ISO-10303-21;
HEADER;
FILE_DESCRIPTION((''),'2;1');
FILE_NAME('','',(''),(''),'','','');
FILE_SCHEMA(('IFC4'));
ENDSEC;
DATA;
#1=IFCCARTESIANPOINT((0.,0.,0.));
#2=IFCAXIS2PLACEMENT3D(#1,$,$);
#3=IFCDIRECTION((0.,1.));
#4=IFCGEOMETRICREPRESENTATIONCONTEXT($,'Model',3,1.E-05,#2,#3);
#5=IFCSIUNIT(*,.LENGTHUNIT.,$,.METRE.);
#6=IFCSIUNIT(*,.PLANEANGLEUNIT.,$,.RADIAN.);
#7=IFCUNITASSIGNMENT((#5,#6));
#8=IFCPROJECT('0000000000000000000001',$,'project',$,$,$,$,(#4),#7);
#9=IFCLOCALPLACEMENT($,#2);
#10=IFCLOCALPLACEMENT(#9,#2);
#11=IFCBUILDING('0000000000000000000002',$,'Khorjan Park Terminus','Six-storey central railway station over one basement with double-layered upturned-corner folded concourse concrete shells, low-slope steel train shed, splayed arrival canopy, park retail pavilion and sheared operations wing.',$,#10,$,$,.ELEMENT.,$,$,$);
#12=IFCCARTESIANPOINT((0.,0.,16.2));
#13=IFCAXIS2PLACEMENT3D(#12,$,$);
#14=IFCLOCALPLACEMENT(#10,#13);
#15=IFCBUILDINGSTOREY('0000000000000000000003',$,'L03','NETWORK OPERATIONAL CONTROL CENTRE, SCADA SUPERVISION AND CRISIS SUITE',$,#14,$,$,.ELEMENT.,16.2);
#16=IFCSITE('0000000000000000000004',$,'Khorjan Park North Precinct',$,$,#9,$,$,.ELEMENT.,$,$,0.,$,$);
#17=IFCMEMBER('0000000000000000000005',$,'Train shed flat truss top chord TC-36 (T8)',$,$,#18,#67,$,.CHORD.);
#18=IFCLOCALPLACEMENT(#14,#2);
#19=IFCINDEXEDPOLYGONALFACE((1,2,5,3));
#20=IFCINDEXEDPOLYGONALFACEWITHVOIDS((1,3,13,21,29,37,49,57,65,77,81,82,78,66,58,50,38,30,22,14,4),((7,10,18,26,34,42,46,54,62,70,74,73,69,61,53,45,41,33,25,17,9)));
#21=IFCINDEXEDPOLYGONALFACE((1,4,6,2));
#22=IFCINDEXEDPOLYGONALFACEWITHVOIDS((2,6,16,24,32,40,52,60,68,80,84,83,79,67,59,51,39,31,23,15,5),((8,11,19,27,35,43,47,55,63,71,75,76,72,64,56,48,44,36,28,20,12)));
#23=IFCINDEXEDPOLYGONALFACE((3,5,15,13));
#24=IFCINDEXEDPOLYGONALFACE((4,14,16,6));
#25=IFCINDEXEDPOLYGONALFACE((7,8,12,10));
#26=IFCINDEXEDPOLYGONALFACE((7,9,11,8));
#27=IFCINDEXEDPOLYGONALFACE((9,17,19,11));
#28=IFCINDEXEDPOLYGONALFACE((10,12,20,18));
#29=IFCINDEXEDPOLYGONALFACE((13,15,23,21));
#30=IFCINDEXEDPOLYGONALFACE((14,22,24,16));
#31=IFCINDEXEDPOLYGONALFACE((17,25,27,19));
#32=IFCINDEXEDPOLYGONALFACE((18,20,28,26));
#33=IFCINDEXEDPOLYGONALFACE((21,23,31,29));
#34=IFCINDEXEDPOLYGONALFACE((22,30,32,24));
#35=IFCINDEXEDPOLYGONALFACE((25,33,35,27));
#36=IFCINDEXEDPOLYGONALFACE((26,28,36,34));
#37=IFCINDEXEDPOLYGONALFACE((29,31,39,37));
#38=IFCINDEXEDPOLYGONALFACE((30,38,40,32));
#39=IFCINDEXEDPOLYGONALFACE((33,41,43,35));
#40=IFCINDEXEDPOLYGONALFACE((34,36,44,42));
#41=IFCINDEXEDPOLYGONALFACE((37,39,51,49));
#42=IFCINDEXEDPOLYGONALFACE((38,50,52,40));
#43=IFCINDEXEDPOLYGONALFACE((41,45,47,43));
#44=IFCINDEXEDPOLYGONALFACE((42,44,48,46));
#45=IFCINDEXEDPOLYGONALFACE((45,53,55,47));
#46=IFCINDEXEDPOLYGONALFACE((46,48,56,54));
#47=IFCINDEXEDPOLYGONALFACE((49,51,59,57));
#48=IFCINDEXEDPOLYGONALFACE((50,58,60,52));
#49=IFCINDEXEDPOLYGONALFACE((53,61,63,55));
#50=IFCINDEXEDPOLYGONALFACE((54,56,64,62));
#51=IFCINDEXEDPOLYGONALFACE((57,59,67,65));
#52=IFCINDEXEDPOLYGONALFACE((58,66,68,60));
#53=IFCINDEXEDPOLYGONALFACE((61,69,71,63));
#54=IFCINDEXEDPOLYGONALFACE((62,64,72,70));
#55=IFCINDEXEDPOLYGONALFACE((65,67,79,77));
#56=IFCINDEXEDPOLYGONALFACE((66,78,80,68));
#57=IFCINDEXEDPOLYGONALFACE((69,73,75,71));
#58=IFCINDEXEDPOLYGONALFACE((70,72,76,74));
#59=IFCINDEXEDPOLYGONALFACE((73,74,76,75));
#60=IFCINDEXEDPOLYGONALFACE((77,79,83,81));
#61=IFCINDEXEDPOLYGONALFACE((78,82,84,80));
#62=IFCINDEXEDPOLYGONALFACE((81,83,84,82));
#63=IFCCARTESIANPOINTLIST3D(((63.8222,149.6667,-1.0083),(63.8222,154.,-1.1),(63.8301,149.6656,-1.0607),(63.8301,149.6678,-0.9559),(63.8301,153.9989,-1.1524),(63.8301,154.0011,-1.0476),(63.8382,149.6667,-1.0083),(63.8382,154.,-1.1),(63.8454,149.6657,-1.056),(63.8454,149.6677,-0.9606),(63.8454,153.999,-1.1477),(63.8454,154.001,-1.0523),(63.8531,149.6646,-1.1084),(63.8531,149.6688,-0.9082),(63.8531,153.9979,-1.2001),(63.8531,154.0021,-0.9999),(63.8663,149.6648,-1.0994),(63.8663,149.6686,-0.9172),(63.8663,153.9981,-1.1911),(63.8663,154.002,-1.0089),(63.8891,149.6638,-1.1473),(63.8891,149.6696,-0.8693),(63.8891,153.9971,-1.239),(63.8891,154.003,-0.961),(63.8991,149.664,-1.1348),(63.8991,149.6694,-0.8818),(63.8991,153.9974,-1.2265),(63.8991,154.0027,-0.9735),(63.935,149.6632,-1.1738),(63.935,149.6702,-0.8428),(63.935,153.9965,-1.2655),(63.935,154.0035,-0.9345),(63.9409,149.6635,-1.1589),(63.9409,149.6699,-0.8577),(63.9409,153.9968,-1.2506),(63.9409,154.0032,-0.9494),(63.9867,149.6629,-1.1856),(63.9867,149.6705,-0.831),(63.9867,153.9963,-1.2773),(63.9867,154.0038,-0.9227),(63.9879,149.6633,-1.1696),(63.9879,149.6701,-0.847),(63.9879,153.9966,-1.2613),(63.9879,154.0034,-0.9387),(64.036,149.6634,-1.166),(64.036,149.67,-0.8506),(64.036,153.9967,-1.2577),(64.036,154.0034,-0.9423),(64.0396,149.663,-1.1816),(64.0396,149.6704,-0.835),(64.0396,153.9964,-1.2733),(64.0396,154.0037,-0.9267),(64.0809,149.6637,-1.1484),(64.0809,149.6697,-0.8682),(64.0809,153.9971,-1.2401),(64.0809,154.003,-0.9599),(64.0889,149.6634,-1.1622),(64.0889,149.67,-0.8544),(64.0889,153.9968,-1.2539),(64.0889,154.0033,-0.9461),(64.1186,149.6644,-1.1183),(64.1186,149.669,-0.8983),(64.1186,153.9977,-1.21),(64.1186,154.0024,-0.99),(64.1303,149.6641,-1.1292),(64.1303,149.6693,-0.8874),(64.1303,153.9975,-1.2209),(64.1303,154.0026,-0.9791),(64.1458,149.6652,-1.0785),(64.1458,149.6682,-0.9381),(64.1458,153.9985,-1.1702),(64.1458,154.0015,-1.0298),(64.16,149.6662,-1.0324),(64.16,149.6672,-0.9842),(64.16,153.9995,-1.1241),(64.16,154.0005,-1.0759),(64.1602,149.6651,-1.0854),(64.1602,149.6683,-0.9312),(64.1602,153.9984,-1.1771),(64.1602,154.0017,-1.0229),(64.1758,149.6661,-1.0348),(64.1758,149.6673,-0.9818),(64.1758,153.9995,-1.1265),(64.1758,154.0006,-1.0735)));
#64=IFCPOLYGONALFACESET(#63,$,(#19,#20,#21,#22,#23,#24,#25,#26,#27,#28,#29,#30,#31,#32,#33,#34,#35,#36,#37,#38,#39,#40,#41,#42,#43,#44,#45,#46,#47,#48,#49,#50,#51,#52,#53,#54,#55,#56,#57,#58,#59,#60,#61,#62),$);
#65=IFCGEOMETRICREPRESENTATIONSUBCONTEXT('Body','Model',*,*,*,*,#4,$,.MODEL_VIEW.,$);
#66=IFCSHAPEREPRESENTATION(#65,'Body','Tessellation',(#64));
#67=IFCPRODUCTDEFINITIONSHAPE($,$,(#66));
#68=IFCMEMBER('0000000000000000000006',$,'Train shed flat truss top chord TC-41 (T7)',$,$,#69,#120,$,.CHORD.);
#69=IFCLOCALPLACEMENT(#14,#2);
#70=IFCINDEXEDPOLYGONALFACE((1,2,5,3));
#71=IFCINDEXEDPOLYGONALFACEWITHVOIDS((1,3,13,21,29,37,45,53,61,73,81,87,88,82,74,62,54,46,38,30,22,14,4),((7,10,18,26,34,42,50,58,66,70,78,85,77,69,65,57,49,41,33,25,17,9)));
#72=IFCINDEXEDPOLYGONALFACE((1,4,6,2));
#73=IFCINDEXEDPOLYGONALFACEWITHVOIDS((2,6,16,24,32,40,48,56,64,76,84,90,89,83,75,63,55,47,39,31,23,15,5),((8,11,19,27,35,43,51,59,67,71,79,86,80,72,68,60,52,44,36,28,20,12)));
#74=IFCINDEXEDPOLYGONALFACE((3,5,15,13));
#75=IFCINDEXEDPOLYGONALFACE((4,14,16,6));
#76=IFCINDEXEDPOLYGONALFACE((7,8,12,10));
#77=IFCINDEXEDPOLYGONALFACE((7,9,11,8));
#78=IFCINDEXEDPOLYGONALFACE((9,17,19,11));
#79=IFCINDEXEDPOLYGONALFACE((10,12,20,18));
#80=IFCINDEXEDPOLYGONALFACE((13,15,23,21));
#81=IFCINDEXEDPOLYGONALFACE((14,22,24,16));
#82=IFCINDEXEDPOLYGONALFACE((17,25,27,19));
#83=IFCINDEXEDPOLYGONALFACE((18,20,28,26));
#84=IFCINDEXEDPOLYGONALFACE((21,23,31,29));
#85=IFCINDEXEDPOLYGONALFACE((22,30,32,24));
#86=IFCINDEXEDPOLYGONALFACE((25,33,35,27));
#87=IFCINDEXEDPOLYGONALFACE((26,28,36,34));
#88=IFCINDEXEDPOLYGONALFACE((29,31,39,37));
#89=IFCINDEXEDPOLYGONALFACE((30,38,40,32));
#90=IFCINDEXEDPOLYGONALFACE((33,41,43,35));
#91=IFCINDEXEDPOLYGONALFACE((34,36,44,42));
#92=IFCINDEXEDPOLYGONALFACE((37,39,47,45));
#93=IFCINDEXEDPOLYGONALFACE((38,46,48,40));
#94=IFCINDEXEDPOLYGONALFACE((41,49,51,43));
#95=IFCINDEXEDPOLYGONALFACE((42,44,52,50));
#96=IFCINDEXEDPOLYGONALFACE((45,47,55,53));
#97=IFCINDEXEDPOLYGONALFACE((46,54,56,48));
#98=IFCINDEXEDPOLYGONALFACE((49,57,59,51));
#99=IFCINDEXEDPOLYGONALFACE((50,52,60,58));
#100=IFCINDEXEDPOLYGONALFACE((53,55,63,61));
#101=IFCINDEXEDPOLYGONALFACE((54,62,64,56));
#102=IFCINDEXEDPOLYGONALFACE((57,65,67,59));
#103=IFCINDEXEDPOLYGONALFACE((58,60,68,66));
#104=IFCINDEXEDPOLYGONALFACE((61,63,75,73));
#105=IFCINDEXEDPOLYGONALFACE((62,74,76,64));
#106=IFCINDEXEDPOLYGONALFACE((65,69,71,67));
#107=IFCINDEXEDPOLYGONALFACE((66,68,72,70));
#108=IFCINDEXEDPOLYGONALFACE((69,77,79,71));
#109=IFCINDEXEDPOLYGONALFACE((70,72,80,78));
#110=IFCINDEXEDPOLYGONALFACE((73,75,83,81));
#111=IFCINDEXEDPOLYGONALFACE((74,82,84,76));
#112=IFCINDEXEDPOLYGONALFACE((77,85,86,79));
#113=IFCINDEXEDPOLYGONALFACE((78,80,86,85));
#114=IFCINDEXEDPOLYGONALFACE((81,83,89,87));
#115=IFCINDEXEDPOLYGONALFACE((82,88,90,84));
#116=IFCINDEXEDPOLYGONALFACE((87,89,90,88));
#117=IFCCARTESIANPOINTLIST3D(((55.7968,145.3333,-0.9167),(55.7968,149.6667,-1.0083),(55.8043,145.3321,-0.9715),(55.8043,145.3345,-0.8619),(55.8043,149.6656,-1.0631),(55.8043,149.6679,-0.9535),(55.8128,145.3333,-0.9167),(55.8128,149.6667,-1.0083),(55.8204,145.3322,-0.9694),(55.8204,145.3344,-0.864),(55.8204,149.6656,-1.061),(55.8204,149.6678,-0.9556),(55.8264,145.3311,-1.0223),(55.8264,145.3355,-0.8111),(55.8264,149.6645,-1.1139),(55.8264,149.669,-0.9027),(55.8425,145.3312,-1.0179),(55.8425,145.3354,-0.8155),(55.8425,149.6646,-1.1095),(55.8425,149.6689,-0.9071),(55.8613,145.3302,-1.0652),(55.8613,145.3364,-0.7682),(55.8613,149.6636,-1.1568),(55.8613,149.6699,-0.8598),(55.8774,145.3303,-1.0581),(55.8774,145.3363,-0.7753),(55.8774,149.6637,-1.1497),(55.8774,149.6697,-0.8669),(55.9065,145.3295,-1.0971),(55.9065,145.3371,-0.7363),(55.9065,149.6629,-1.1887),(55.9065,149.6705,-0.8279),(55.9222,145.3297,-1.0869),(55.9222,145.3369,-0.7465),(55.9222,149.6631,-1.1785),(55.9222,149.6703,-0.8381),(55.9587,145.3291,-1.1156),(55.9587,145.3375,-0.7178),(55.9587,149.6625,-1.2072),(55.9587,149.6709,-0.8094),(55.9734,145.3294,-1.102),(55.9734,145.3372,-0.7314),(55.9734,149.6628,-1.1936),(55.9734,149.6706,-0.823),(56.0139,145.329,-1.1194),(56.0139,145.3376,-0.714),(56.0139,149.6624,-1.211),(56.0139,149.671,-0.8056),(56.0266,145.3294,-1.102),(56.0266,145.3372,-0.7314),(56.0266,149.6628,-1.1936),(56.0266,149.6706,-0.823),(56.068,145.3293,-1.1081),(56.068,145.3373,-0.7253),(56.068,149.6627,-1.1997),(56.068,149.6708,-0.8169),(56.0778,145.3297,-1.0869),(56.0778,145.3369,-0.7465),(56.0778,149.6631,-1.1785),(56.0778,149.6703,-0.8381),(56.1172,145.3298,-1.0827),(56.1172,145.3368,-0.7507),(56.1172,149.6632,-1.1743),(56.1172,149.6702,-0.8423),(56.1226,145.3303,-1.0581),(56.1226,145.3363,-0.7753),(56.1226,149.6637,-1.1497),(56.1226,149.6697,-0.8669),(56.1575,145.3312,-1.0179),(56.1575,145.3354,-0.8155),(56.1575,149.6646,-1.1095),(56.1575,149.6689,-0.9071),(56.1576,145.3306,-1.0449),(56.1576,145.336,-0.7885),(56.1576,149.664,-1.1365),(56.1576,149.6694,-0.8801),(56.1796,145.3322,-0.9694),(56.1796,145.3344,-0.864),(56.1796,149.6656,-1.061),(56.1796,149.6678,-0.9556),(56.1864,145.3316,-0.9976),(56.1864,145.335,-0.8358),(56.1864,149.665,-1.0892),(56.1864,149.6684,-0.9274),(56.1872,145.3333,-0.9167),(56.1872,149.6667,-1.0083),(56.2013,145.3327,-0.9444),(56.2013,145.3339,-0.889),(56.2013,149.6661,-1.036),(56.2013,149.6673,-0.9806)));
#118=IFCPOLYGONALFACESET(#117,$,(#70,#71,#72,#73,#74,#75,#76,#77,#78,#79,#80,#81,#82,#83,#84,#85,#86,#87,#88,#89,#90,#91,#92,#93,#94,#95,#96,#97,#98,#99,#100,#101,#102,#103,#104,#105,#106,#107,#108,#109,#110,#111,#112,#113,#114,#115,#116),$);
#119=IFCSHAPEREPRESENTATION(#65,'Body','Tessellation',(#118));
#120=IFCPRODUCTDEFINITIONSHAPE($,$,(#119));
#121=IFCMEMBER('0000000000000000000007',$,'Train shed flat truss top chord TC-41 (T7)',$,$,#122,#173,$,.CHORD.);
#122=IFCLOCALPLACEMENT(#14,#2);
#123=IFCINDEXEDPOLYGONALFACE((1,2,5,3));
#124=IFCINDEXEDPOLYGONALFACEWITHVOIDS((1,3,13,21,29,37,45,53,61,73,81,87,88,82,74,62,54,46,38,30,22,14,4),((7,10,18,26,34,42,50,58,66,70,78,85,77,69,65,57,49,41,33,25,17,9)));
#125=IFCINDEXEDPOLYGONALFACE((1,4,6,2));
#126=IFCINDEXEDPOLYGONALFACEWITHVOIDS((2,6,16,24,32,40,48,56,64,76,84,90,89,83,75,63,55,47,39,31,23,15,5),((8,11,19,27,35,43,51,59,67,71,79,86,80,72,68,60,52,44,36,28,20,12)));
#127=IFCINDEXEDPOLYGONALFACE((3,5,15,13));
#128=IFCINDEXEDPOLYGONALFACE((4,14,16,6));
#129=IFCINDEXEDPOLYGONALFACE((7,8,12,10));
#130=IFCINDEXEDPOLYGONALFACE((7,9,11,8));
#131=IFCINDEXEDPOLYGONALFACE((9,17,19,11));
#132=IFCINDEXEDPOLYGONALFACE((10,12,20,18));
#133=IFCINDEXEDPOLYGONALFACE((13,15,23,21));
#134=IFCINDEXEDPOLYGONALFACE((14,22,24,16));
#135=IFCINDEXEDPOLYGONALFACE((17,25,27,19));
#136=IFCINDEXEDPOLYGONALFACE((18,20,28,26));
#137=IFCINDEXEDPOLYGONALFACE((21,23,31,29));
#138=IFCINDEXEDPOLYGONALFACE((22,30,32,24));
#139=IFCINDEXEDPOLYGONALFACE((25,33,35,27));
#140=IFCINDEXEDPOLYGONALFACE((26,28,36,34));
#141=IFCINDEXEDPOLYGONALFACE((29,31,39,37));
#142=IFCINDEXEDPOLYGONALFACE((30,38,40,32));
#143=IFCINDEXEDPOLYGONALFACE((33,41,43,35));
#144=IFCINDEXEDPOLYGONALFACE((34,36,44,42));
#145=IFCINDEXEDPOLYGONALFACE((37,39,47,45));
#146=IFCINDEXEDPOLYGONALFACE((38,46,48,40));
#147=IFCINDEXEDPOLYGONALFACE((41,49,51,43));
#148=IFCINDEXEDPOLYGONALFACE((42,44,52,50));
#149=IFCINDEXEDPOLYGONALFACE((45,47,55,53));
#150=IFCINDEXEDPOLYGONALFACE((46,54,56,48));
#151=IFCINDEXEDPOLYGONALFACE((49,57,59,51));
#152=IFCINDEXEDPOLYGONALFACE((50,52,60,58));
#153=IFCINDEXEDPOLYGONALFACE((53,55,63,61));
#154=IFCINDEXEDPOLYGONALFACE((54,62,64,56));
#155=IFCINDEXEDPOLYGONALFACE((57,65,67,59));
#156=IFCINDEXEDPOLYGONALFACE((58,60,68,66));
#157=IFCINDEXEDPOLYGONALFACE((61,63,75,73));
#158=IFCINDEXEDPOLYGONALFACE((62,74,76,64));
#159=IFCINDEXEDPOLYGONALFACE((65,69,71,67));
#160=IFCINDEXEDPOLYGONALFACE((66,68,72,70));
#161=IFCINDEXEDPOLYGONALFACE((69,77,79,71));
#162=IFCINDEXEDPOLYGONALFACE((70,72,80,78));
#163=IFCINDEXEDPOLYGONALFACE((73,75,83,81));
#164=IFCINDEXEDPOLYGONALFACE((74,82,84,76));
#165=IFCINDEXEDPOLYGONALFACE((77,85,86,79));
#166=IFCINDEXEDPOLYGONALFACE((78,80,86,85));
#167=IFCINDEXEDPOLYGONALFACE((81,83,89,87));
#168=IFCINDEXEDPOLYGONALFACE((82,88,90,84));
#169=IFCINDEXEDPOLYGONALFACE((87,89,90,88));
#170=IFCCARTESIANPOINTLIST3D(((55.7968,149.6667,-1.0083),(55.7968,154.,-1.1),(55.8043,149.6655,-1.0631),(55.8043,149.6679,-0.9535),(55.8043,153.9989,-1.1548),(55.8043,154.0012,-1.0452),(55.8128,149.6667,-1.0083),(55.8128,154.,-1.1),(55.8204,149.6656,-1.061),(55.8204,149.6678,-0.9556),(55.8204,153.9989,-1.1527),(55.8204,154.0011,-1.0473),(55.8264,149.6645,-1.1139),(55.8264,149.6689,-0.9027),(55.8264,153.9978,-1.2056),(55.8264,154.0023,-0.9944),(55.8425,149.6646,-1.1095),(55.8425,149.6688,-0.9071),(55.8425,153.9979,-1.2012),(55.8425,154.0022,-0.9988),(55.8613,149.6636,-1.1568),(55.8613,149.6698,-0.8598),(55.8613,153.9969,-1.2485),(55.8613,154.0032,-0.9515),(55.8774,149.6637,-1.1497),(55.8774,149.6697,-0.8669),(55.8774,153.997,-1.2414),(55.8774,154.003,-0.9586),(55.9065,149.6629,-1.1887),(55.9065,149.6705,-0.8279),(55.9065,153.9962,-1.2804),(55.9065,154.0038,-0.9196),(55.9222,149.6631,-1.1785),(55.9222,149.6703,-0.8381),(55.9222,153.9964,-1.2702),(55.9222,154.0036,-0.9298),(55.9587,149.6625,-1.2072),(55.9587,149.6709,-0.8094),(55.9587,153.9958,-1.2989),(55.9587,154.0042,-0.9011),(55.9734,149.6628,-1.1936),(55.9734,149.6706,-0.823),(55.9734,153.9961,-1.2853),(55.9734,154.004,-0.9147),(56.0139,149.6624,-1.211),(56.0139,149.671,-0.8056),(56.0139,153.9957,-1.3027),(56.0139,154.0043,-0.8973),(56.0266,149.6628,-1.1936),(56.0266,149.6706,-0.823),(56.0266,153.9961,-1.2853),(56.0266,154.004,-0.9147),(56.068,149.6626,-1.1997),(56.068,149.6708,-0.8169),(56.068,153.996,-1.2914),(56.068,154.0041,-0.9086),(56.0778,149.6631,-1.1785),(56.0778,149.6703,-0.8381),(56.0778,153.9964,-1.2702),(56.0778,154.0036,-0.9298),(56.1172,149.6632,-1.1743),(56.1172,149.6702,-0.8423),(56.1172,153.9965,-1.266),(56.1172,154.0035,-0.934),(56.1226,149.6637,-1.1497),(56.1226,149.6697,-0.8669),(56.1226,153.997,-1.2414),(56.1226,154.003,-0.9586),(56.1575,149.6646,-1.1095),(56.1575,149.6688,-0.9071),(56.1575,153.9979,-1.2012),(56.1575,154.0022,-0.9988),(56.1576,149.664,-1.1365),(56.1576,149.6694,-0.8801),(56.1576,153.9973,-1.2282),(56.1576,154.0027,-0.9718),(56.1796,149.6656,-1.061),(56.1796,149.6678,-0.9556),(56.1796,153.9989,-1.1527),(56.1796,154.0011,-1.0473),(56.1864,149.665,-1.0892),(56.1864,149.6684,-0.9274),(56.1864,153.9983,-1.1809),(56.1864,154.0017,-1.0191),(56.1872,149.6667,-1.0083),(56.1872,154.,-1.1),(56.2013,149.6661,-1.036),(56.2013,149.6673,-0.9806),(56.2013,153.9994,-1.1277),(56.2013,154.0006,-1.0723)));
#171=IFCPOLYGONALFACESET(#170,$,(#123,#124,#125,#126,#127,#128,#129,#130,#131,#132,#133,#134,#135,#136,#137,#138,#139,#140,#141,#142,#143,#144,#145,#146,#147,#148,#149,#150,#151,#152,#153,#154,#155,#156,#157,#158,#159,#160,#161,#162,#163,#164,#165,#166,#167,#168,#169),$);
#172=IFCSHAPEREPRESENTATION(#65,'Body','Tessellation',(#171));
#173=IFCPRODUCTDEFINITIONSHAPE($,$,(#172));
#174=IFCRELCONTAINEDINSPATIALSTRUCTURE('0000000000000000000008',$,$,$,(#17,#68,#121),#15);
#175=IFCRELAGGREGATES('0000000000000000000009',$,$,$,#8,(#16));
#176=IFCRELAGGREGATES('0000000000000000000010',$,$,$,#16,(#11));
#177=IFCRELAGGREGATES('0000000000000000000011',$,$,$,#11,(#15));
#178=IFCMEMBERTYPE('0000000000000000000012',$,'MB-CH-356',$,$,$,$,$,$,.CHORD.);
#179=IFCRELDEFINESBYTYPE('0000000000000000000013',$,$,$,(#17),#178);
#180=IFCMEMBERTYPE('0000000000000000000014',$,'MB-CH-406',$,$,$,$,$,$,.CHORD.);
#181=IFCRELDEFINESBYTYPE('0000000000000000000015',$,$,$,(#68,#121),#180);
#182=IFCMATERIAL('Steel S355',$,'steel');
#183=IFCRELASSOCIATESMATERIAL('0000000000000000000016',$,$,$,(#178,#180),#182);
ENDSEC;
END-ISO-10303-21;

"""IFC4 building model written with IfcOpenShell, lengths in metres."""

from ifc_helpers import new_model, si_unit, direction, frame, origin, origin_2d, place, context, subcontext, project, spatial, hollow_circle, extrude, material, material_profile, profile_set, type_object, element, save


model = new_model("IFC4")

# Units and contexts
model_context = context("Model", 3, precision=1e-05, world=origin(), true_north=direction((0.0, 1.0)))
body_context = subcontext(model_context, "Body", "Model", "MODEL_VIEW")
ifc_project = project(units=[si_unit("LENGTHUNIT", "METRE"), si_unit("PLANEANGLEUNIT", "RADIAN")], contexts=[model_context])

# Site, building, storey
site_placement = place(None, origin())
site = spatial("IfcSite", under=ifc_project, at=site_placement, Name="Khorjan Park North Precinct", CompositionType="ELEMENT", RefElevation=0.0)
building_placement = place(site_placement, origin())
building = spatial("IfcBuilding", under=site, at=building_placement, Name="Khorjan Park Terminus", Description="Six-storey central railway station over one basement with double-layered upturned-corner folded concourse concrete shells, low-slope steel train shed, splayed arrival canopy, park retail pavilion and sheared operations wing.", CompositionType="ELEMENT")
storey_placement = place(building_placement, frame((0.0, 0.0, 16.2)))
storey = spatial("IfcBuildingStorey", under=building, at=storey_placement, Name="L03", Description="NETWORK OPERATIONAL CONTROL CENTRE, SCADA SUPERVISION AND CRISIS SUITE", CompositionType="ELEMENT", Elevation=16.2)

# Members
ifc_material = material(Name="Steel S355", Category="steel")
ifc_material_profile_1 = material_profile(ifc_material, hollow_circle(Radius=0.1778, WallThickness=0.016, at=origin_2d()), Name="CHS 355.6x16")
ifc_profile_set_1 = profile_set([ifc_material_profile_1], Name="Steel S355")
member_type_1 = type_object("IfcMemberType", Name="MB-CH-356", PredefinedType="CHORD", material=ifc_profile_set_1)
member_1_placement = place(storey_placement, frame((64.0, 149.6667, -1.0083), z_axis=(0.0, 0.999776, -0.021157), x_axis=(-1.0, 0.0, 0.0)))
element("IfcMember", 1, at=member_1_placement, inside=storey, type_object=member_type_1, Name="Train shed flat truss top chord TC-36 (T8)", PredefinedType="CHORD", context=body_context, shape_type="SweptSolid", body=[
    extrude(hollow_circle(Radius=0.1778, WallThickness=0.016, at=origin_2d()), origin(), (0.0, 0.0, 1.0), 4.3343),
])
ifc_material_profile_2 = material_profile(ifc_material, hollow_circle(Radius=0.2032, WallThickness=0.016, at=origin_2d()), Name="CHS 406.4x16")
ifc_profile_set_2 = profile_set([ifc_material_profile_2], Name="Steel S355")
member_type_2 = type_object("IfcMemberType", Name="MB-CH-406", PredefinedType="CHORD", material=ifc_profile_set_2)
member_2_placement = place(storey_placement, frame((56.0, 145.3333, -0.9167), z_axis=(0.0, 0.999777, -0.021133), x_axis=(-1.0, 0.0, 0.0)))
element("IfcMember", 2, at=member_2_placement, inside=storey, type_object=member_type_2, Name="Train shed flat truss top chord TC-41 (T7)", PredefinedType="CHORD", context=body_context, shape_type="SweptSolid", body=[
    extrude(hollow_circle(Radius=0.2032, WallThickness=0.016, at=origin_2d()), origin(), (0.0, 0.0, 1.0), 4.3344),
])
member_3_placement = place(storey_placement, frame((56.0, 149.6667, -1.0083), z_axis=(0.0, 0.999776, -0.021157), x_axis=(-1.0, 0.0, 0.0)))
element("IfcMember", 3, at=member_3_placement, inside=storey, type_object=member_type_2, Name="Train shed flat truss top chord TC-41 (T7)", PredefinedType="CHORD", context=body_context, shape_type="SweptSolid", body=[
    extrude(hollow_circle(Radius=0.2032, WallThickness=0.016, at=origin_2d()), origin(), (0.0, 0.0, 1.0), 4.3343),
])

save(model, "model.ifc")
